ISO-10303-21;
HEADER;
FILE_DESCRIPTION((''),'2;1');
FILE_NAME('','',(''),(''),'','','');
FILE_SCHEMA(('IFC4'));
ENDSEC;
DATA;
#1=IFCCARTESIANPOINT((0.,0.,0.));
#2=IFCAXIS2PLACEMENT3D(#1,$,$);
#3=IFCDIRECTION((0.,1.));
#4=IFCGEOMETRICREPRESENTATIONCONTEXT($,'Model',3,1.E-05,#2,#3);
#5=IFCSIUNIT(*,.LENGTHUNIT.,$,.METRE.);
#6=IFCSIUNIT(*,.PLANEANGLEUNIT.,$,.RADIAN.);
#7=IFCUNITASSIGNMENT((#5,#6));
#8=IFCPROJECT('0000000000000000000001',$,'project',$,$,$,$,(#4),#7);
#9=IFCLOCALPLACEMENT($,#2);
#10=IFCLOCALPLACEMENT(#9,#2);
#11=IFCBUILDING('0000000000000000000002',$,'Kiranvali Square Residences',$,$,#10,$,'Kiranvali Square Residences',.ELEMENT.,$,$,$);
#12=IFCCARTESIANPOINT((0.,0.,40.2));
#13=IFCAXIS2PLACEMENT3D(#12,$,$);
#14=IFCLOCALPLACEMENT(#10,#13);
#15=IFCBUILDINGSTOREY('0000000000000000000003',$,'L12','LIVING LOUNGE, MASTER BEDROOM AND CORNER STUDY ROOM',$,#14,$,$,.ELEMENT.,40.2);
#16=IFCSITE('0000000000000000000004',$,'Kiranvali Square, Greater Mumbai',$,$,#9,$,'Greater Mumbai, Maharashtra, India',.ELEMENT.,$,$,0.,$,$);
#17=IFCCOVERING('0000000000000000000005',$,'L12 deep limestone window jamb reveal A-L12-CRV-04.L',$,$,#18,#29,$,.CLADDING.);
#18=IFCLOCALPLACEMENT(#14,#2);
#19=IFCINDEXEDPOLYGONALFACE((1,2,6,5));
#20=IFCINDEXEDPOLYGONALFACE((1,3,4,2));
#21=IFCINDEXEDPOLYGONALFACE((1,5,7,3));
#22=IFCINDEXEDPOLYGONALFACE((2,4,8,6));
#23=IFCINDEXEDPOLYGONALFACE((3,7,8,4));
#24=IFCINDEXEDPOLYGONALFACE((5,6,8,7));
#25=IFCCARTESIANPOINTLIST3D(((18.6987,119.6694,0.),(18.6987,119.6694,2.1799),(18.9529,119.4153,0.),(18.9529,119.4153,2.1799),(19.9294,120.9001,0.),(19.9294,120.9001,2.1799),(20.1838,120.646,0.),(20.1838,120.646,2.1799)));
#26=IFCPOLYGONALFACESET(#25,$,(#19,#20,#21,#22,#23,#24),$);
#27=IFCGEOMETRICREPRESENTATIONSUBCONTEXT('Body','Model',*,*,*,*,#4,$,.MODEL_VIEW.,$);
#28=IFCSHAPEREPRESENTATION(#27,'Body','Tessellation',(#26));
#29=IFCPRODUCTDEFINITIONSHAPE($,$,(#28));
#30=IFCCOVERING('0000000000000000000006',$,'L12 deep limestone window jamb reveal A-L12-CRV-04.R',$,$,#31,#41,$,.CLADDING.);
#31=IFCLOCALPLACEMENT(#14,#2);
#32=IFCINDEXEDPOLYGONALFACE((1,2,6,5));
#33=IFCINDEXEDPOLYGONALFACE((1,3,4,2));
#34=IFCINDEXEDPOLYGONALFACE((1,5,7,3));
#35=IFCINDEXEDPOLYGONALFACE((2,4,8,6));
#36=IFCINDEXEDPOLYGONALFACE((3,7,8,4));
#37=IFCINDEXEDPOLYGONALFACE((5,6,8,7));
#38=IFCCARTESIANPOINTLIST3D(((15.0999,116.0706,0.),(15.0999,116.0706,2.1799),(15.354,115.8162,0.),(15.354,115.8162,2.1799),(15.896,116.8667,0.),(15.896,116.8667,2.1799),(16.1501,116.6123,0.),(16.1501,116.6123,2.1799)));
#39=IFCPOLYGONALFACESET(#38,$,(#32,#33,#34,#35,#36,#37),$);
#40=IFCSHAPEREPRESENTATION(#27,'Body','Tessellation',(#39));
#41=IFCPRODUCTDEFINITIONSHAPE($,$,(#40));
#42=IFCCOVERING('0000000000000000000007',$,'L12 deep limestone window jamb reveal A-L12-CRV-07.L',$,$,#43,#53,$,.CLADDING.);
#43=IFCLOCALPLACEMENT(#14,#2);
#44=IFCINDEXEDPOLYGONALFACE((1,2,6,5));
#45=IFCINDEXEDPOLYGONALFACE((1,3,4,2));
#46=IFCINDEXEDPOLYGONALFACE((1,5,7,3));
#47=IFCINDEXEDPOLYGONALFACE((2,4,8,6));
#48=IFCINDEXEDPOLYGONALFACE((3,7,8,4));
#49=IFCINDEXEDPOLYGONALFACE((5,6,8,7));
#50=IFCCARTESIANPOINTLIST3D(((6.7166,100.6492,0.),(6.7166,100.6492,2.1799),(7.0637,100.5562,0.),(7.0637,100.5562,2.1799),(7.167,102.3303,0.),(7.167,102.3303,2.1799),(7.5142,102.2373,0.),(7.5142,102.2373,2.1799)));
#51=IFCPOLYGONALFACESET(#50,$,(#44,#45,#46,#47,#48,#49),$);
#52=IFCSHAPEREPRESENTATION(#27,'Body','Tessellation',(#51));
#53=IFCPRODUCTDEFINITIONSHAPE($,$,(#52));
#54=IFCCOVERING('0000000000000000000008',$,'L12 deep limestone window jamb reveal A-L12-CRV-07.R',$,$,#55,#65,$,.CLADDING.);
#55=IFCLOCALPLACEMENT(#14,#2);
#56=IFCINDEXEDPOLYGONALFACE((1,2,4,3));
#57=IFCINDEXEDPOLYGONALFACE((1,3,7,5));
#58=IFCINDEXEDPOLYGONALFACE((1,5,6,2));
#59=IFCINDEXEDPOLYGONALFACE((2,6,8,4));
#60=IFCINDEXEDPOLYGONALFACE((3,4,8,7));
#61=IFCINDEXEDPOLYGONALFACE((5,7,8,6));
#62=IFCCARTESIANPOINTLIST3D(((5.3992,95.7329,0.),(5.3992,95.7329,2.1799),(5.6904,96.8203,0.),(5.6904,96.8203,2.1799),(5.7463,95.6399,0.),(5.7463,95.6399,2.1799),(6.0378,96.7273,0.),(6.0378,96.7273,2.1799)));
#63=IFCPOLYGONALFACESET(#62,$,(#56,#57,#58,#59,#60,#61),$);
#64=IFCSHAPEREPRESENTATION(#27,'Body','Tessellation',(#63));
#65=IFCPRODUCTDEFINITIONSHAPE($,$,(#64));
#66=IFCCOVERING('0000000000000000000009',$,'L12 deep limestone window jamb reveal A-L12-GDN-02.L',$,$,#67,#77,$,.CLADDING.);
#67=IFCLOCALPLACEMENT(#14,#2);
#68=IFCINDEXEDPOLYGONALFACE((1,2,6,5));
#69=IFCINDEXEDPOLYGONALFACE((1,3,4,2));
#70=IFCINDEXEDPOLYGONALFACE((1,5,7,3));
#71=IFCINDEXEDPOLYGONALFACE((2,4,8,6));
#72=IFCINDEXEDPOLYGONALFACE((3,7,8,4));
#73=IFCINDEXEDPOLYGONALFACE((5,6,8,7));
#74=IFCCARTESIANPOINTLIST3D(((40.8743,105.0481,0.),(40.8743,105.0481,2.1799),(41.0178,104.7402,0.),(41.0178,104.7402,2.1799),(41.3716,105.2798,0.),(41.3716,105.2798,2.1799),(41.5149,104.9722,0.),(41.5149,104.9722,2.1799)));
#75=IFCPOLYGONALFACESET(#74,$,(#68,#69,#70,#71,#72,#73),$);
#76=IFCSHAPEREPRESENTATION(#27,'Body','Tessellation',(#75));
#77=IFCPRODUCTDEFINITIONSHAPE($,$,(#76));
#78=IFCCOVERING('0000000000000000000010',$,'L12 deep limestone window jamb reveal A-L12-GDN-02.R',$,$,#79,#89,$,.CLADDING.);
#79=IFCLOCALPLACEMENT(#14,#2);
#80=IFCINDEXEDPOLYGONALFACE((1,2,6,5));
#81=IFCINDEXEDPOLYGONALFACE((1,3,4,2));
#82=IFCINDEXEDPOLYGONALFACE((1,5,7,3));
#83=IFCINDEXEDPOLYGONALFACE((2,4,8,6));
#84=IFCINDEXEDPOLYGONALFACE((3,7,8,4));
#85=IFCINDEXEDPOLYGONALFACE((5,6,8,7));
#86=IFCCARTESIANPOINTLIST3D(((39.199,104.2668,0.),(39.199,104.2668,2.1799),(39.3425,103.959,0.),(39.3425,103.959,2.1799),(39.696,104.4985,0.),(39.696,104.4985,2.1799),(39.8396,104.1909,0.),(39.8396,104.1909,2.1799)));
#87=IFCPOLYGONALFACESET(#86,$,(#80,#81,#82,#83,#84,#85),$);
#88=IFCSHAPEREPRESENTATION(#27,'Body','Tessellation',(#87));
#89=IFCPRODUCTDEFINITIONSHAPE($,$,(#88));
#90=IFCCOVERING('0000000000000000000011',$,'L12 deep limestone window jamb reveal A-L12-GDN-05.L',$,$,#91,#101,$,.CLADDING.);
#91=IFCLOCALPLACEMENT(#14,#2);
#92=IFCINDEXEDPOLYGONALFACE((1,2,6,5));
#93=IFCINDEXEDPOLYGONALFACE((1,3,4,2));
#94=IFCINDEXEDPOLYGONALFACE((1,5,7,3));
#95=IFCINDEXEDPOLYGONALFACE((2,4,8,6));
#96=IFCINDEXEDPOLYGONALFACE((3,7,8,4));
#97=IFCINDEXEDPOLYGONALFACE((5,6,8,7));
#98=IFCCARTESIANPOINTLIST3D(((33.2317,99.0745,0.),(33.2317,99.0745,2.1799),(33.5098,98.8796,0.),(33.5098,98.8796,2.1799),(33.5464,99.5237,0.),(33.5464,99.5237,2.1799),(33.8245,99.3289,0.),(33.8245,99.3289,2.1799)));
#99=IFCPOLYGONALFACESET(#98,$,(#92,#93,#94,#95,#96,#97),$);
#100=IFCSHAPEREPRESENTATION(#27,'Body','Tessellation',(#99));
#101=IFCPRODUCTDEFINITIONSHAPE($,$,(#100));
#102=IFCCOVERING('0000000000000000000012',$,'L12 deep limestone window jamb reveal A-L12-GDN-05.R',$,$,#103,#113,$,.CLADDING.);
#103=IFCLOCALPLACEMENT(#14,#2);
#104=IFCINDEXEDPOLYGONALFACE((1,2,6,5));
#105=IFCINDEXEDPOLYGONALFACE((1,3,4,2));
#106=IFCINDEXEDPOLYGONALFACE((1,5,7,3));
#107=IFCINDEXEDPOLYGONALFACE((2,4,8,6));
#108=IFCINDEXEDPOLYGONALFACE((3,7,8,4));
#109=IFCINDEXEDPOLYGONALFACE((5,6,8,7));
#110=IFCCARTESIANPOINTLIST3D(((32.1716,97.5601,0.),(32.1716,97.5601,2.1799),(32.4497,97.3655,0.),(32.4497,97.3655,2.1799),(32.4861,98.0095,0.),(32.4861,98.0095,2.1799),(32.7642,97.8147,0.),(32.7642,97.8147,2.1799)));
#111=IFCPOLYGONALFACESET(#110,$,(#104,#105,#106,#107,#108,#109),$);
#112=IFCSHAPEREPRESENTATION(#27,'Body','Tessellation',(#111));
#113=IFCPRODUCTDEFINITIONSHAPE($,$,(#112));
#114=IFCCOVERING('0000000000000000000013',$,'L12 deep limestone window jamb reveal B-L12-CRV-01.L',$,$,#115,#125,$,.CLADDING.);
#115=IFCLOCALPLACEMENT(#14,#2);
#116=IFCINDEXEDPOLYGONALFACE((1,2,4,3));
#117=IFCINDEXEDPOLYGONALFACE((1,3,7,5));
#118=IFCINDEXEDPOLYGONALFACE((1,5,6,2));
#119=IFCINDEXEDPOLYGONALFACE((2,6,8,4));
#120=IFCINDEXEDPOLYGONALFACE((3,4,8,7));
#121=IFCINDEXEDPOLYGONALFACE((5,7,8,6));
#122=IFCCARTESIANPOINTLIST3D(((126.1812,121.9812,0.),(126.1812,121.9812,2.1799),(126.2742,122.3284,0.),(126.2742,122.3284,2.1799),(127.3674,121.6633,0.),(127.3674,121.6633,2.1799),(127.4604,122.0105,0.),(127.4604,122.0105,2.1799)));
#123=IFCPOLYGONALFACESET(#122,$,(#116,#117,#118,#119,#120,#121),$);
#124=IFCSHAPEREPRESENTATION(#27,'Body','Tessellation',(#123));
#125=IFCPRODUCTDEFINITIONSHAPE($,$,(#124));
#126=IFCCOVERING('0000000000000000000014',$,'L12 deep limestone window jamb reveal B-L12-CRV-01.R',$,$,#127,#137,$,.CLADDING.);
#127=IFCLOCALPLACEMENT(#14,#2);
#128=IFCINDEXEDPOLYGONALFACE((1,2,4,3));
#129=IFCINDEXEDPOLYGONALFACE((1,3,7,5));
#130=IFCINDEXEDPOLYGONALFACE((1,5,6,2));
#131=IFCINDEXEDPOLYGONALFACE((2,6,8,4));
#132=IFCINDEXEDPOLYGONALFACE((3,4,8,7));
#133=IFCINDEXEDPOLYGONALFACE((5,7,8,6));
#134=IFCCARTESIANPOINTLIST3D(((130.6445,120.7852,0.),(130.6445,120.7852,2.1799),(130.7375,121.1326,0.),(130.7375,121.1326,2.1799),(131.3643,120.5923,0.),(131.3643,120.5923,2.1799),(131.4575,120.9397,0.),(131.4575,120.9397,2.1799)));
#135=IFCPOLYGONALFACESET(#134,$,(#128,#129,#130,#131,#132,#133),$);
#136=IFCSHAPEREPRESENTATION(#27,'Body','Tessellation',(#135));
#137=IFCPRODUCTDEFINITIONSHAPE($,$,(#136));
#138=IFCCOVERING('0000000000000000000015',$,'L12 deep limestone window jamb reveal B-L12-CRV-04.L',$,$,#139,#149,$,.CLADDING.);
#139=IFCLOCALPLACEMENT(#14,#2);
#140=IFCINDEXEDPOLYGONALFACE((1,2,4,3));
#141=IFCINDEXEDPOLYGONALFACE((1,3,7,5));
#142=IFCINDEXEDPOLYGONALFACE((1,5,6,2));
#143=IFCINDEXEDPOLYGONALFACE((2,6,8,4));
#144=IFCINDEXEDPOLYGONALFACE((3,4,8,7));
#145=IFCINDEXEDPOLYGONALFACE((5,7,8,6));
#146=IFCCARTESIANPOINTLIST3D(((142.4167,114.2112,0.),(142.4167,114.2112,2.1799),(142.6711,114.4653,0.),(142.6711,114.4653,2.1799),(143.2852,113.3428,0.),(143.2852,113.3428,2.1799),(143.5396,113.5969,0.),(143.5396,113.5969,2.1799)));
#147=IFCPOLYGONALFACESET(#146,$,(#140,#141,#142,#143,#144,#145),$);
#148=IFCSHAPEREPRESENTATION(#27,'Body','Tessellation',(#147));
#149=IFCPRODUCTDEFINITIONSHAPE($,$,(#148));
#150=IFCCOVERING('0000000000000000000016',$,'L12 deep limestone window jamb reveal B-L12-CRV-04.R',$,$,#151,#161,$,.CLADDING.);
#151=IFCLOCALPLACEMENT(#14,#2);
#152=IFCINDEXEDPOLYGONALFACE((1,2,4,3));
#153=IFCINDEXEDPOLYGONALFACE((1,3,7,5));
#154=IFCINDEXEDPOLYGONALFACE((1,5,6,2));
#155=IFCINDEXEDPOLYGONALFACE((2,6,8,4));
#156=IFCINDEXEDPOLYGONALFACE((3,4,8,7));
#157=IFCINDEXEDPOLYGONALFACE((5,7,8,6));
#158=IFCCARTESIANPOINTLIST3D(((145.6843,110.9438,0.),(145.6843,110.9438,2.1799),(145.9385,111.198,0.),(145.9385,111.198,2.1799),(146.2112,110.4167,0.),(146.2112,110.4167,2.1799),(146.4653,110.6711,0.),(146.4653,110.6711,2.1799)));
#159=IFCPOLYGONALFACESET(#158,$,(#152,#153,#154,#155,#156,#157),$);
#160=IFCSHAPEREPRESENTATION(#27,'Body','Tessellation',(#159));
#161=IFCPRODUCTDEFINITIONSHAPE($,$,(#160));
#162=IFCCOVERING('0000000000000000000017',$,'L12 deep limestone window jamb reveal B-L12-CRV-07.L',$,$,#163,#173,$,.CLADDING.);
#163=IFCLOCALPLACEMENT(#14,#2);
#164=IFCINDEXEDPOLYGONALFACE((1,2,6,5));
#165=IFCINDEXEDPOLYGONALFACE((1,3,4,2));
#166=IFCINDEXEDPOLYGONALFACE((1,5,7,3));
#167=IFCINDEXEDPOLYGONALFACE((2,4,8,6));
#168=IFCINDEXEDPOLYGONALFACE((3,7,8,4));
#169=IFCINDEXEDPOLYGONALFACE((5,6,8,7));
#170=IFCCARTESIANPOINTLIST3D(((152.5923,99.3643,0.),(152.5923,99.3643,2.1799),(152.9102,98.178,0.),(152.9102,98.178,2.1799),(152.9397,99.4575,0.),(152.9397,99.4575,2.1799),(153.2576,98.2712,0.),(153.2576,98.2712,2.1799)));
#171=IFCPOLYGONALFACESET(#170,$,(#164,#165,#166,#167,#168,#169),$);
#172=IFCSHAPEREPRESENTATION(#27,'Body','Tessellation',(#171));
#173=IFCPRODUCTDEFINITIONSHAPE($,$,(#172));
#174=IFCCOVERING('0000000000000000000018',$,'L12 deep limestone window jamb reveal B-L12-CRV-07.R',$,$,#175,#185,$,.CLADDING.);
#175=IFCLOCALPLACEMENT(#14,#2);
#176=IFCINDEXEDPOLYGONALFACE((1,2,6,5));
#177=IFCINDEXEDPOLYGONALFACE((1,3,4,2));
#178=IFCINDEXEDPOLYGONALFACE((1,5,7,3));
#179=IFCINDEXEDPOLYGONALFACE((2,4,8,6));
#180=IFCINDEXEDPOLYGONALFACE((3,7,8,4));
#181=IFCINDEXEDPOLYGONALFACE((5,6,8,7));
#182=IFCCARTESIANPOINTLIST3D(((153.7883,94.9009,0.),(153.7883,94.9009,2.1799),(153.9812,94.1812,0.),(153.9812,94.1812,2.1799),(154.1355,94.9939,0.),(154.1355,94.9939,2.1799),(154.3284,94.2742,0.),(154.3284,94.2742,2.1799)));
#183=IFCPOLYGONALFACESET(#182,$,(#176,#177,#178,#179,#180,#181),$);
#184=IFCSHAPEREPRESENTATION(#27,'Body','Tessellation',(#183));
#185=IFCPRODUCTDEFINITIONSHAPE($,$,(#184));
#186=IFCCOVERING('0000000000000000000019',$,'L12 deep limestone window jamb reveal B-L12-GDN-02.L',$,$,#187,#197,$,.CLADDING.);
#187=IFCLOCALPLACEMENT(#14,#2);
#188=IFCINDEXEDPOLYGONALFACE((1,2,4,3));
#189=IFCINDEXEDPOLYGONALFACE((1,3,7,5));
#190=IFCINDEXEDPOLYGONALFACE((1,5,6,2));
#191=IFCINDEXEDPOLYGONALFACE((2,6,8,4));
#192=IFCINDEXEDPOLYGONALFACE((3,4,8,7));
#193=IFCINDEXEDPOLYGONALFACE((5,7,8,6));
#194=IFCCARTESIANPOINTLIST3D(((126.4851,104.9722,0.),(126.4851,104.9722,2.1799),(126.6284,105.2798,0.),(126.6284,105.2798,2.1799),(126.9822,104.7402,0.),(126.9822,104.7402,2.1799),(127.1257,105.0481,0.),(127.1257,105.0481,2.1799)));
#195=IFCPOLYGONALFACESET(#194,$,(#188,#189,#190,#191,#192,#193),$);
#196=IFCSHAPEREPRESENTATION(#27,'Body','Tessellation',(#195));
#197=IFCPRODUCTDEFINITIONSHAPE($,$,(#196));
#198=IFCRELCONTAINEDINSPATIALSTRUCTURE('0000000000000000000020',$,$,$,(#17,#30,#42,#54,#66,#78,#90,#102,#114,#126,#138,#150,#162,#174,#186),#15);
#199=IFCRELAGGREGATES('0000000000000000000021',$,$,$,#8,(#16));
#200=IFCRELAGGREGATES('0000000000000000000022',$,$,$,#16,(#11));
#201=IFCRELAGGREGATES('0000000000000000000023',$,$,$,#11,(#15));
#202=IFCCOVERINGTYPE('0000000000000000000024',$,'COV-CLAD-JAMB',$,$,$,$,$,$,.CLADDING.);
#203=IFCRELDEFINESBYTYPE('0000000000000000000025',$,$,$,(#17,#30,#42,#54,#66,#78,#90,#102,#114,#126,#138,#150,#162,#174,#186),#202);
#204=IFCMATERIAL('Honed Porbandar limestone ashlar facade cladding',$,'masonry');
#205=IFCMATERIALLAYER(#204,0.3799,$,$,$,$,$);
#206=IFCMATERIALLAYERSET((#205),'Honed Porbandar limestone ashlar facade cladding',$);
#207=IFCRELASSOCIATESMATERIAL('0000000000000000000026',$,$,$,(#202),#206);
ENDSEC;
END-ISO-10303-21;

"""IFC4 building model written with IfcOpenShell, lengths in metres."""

from ifc_helpers import new_model, si_unit, direction, frame, origin, place, context, subcontext, project, spatial, polyline, outline, extrude, material, layer, layer_set, type_object, element, save


model = new_model("IFC4")

# Units and contexts
model_context = context("Model", 3, precision=1e-05, world=origin(), true_north=direction((0.0, 1.0)))
body_context = subcontext(model_context, "Body", "Model", "MODEL_VIEW")
ifc_project = project(units=[si_unit("LENGTHUNIT", "METRE"), si_unit("PLANEANGLEUNIT", "RADIAN")], contexts=[model_context])

# Site, building, storey
site_placement = place(None, origin())
site = spatial("IfcSite", under=ifc_project, at=site_placement, Name="Kiranvali Square, Greater Mumbai", LongName="Greater Mumbai, Maharashtra, India", CompositionType="ELEMENT", RefElevation=0.0)
building_placement = place(site_placement, origin())
building = spatial("IfcBuilding", under=site, at=building_placement, Name="Kiranvali Square Residences", LongName="Kiranvali Square Residences", CompositionType="ELEMENT")
storey_placement = place(building_placement, frame((0.0, 0.0, 40.2)))
storey = spatial("IfcBuildingStorey", under=building, at=storey_placement, Name="L12", Description="LIVING LOUNGE, MASTER BEDROOM AND CORNER STUDY ROOM", CompositionType="ELEMENT", Elevation=40.2)

# Coverings
ifc_material_1 = material(Name="Honed Porbandar limestone ashlar facade cladding", Category="masonry")
ifc_layer_1 = layer(ifc_material_1, 0.3799)
ifc_layer_set_1 = layer_set([ifc_layer_1], Name="Honed Porbandar limestone ashlar facade cladding")
covering_type_1 = type_object("IfcCoveringType", Name="COV-CLAD-JAMB", PredefinedType="CLADDING", material=ifc_layer_set_1)
covering_1_placement = place(storey_placement, origin())
element("IfcCovering", 1, at=covering_1_placement, inside=storey, type_object=covering_type_1, Name="L12 deep limestone window jamb reveal A-L12-CRV-04.L", PredefinedType="CLADDING", context=body_context, shape_type="SweptSolid", body=[
    extrude(outline(polyline([(19.9294, 120.9001), (18.6987, 119.6694), (18.9529, 119.4153), (20.1838, 120.646), (19.9294, 120.9001)])), origin(), (0.0, 0.0, 1.0), 2.1799),
])
covering_2_placement = place(storey_placement, origin())
element("IfcCovering", 2, at=covering_2_placement, inside=storey, type_object=covering_type_1, Name="L12 deep limestone window jamb reveal A-L12-CRV-04.R", PredefinedType="CLADDING", context=body_context, shape_type="SweptSolid", body=[
    extrude(outline(polyline([(15.896, 116.8667), (15.0999, 116.0706), (15.354, 115.8162), (16.1501, 116.6123), (15.896, 116.8667)])), origin(), (0.0, 0.0, 1.0), 2.1799),
])
covering_3_placement = place(storey_placement, origin())
element("IfcCovering", 3, at=covering_3_placement, inside=storey, type_object=covering_type_1, Name="L12 deep limestone window jamb reveal A-L12-CRV-07.L", PredefinedType="CLADDING", context=body_context, shape_type="SweptSolid", body=[
    extrude(outline(polyline([(7.167, 102.3303), (6.7166, 100.6492), (7.0637, 100.5562), (7.5142, 102.2373), (7.167, 102.3303)])), origin(), (0.0, 0.0, 1.0), 2.1799),
])
covering_4_placement = place(storey_placement, origin())
element("IfcCovering", 4, at=covering_4_placement, inside=storey, type_object=covering_type_1, Name="L12 deep limestone window jamb reveal A-L12-CRV-07.R", PredefinedType="CLADDING", context=body_context, shape_type="SweptSolid", body=[
    extrude(outline(polyline([(5.6904, 96.8203), (5.3992, 95.7329), (5.7463, 95.6399), (6.0378, 96.7273), (5.6904, 96.8203)])), origin(), (0.0, 0.0, 1.0), 2.1799),
])
covering_5_placement = place(storey_placement, origin())
element("IfcCovering", 5, at=covering_5_placement, inside=storey, type_object=covering_type_1, Name="L12 deep limestone window jamb reveal A-L12-GDN-02.L", PredefinedType="CLADDING", context=body_context, shape_type="SweptSolid", body=[
    extrude(outline(polyline([(41.3716, 105.2798), (40.8743, 105.0481), (41.0178, 104.7402), (41.5149, 104.9722), (41.3716, 105.2798)])), origin(), (0.0, 0.0, 1.0), 2.1799),
])
covering_6_placement = place(storey_placement, origin())
element("IfcCovering", 6, at=covering_6_placement, inside=storey, type_object=covering_type_1, Name="L12 deep limestone window jamb reveal A-L12-GDN-02.R", PredefinedType="CLADDING", context=body_context, shape_type="SweptSolid", body=[
    extrude(outline(polyline([(39.696, 104.4985), (39.199, 104.2668), (39.3425, 103.959), (39.8396, 104.1909), (39.696, 104.4985)])), origin(), (0.0, 0.0, 1.0), 2.1799),
])
covering_7_placement = place(storey_placement, origin())
element("IfcCovering", 7, at=covering_7_placement, inside=storey, type_object=covering_type_1, Name="L12 deep limestone window jamb reveal A-L12-GDN-05.L", PredefinedType="CLADDING", context=body_context, shape_type="SweptSolid", body=[
    extrude(outline(polyline([(33.5464, 99.5237), (33.2317, 99.0745), (33.5098, 98.8796), (33.8245, 99.3289), (33.5464, 99.5237)])), origin(), (0.0, 0.0, 1.0), 2.1799),
])
covering_8_placement = place(storey_placement, origin())
element("IfcCovering", 8, at=covering_8_placement, inside=storey, type_object=covering_type_1, Name="L12 deep limestone window jamb reveal A-L12-GDN-05.R", PredefinedType="CLADDING", context=body_context, shape_type="SweptSolid", body=[
    extrude(outline(polyline([(32.4861, 98.0095), (32.1716, 97.5601), (32.4497, 97.3655), (32.7642, 97.8147), (32.4861, 98.0095)])), origin(), (0.0, 0.0, 1.0), 2.1799),
])
covering_9_placement = place(storey_placement, origin())
element("IfcCovering", 9, at=covering_9_placement, inside=storey, type_object=covering_type_1, Name="L12 deep limestone window jamb reveal B-L12-CRV-01.L", PredefinedType="CLADDING", context=body_context, shape_type="SweptSolid", body=[
    extrude(outline(polyline([(126.1812, 121.9812), (127.3674, 121.6633), (127.4604, 122.0105), (126.2742, 122.3284), (126.1812, 121.9812)])), origin(), (0.0, 0.0, 1.0), 2.1799),
])
covering_10_placement = place(storey_placement, origin())
element("IfcCovering", 10, at=covering_10_placement, inside=storey, type_object=covering_type_1, Name="L12 deep limestone window jamb reveal B-L12-CRV-01.R", PredefinedType="CLADDING", context=body_context, shape_type="SweptSolid", body=[
    extrude(outline(polyline([(130.6445, 120.7852), (131.3643, 120.5923), (131.4575, 120.9397), (130.7375, 121.1326), (130.6445, 120.7852)])), origin(), (0.0, 0.0, 1.0), 2.1799),
])
covering_11_placement = place(storey_placement, origin())
element("IfcCovering", 11, at=covering_11_placement, inside=storey, type_object=covering_type_1, Name="L12 deep limestone window jamb reveal B-L12-CRV-04.L", PredefinedType="CLADDING", context=body_context, shape_type="SweptSolid", body=[
    extrude(outline(polyline([(142.4167, 114.2112), (143.2852, 113.3428), (143.5396, 113.5969), (142.6711, 114.4653), (142.4167, 114.2112)])), origin(), (0.0, 0.0, 1.0), 2.1799),
])
covering_12_placement = place(storey_placement, origin())
element("IfcCovering", 12, at=covering_12_placement, inside=storey, type_object=covering_type_1, Name="L12 deep limestone window jamb reveal B-L12-CRV-04.R", PredefinedType="CLADDING", context=body_context, shape_type="SweptSolid", body=[
    extrude(outline(polyline([(145.6843, 110.9438), (146.2112, 110.4167), (146.4653, 110.6711), (145.9385, 111.198), (145.6843, 110.9438)])), origin(), (0.0, 0.0, 1.0), 2.1799),
])
covering_13_placement = place(storey_placement, origin())
element("IfcCovering", 13, at=covering_13_placement, inside=storey, type_object=covering_type_1, Name="L12 deep limestone window jamb reveal B-L12-CRV-07.L", PredefinedType="CLADDING", context=body_context, shape_type="SweptSolid", body=[
    extrude(outline(polyline([(152.5923, 99.3643), (152.9102, 98.178), (153.2576, 98.2712), (152.9397, 99.4575), (152.5923, 99.3643)])), origin(), (0.0, 0.0, 1.0), 2.1799),
])
covering_14_placement = place(storey_placement, origin())
element("IfcCovering", 14, at=covering_14_placement, inside=storey, type_object=covering_type_1, Name="L12 deep limestone window jamb reveal B-L12-CRV-07.R", PredefinedType="CLADDING", context=body_context, shape_type="SweptSolid", body=[
    extrude(outline(polyline([(153.7883, 94.9009), (153.9812, 94.1812), (154.3284, 94.2742), (154.1355, 94.9939), (153.7883, 94.9009)])), origin(), (0.0, 0.0, 1.0), 2.1799),
])
covering_15_placement = place(storey_placement, origin())
element("IfcCovering", 15, at=covering_15_placement, inside=storey, type_object=covering_type_1, Name="L12 deep limestone window jamb reveal B-L12-GDN-02.L", PredefinedType="CLADDING", context=body_context, shape_type="SweptSolid", body=[
    extrude(outline(polyline([(126.4851, 104.9722), (126.9822, 104.7402), (127.1257, 105.0481), (126.6284, 105.2798), (126.4851, 104.9722)])), origin(), (0.0, 0.0, 1.0), 2.1799),
])

save(model, "model.ifc")
